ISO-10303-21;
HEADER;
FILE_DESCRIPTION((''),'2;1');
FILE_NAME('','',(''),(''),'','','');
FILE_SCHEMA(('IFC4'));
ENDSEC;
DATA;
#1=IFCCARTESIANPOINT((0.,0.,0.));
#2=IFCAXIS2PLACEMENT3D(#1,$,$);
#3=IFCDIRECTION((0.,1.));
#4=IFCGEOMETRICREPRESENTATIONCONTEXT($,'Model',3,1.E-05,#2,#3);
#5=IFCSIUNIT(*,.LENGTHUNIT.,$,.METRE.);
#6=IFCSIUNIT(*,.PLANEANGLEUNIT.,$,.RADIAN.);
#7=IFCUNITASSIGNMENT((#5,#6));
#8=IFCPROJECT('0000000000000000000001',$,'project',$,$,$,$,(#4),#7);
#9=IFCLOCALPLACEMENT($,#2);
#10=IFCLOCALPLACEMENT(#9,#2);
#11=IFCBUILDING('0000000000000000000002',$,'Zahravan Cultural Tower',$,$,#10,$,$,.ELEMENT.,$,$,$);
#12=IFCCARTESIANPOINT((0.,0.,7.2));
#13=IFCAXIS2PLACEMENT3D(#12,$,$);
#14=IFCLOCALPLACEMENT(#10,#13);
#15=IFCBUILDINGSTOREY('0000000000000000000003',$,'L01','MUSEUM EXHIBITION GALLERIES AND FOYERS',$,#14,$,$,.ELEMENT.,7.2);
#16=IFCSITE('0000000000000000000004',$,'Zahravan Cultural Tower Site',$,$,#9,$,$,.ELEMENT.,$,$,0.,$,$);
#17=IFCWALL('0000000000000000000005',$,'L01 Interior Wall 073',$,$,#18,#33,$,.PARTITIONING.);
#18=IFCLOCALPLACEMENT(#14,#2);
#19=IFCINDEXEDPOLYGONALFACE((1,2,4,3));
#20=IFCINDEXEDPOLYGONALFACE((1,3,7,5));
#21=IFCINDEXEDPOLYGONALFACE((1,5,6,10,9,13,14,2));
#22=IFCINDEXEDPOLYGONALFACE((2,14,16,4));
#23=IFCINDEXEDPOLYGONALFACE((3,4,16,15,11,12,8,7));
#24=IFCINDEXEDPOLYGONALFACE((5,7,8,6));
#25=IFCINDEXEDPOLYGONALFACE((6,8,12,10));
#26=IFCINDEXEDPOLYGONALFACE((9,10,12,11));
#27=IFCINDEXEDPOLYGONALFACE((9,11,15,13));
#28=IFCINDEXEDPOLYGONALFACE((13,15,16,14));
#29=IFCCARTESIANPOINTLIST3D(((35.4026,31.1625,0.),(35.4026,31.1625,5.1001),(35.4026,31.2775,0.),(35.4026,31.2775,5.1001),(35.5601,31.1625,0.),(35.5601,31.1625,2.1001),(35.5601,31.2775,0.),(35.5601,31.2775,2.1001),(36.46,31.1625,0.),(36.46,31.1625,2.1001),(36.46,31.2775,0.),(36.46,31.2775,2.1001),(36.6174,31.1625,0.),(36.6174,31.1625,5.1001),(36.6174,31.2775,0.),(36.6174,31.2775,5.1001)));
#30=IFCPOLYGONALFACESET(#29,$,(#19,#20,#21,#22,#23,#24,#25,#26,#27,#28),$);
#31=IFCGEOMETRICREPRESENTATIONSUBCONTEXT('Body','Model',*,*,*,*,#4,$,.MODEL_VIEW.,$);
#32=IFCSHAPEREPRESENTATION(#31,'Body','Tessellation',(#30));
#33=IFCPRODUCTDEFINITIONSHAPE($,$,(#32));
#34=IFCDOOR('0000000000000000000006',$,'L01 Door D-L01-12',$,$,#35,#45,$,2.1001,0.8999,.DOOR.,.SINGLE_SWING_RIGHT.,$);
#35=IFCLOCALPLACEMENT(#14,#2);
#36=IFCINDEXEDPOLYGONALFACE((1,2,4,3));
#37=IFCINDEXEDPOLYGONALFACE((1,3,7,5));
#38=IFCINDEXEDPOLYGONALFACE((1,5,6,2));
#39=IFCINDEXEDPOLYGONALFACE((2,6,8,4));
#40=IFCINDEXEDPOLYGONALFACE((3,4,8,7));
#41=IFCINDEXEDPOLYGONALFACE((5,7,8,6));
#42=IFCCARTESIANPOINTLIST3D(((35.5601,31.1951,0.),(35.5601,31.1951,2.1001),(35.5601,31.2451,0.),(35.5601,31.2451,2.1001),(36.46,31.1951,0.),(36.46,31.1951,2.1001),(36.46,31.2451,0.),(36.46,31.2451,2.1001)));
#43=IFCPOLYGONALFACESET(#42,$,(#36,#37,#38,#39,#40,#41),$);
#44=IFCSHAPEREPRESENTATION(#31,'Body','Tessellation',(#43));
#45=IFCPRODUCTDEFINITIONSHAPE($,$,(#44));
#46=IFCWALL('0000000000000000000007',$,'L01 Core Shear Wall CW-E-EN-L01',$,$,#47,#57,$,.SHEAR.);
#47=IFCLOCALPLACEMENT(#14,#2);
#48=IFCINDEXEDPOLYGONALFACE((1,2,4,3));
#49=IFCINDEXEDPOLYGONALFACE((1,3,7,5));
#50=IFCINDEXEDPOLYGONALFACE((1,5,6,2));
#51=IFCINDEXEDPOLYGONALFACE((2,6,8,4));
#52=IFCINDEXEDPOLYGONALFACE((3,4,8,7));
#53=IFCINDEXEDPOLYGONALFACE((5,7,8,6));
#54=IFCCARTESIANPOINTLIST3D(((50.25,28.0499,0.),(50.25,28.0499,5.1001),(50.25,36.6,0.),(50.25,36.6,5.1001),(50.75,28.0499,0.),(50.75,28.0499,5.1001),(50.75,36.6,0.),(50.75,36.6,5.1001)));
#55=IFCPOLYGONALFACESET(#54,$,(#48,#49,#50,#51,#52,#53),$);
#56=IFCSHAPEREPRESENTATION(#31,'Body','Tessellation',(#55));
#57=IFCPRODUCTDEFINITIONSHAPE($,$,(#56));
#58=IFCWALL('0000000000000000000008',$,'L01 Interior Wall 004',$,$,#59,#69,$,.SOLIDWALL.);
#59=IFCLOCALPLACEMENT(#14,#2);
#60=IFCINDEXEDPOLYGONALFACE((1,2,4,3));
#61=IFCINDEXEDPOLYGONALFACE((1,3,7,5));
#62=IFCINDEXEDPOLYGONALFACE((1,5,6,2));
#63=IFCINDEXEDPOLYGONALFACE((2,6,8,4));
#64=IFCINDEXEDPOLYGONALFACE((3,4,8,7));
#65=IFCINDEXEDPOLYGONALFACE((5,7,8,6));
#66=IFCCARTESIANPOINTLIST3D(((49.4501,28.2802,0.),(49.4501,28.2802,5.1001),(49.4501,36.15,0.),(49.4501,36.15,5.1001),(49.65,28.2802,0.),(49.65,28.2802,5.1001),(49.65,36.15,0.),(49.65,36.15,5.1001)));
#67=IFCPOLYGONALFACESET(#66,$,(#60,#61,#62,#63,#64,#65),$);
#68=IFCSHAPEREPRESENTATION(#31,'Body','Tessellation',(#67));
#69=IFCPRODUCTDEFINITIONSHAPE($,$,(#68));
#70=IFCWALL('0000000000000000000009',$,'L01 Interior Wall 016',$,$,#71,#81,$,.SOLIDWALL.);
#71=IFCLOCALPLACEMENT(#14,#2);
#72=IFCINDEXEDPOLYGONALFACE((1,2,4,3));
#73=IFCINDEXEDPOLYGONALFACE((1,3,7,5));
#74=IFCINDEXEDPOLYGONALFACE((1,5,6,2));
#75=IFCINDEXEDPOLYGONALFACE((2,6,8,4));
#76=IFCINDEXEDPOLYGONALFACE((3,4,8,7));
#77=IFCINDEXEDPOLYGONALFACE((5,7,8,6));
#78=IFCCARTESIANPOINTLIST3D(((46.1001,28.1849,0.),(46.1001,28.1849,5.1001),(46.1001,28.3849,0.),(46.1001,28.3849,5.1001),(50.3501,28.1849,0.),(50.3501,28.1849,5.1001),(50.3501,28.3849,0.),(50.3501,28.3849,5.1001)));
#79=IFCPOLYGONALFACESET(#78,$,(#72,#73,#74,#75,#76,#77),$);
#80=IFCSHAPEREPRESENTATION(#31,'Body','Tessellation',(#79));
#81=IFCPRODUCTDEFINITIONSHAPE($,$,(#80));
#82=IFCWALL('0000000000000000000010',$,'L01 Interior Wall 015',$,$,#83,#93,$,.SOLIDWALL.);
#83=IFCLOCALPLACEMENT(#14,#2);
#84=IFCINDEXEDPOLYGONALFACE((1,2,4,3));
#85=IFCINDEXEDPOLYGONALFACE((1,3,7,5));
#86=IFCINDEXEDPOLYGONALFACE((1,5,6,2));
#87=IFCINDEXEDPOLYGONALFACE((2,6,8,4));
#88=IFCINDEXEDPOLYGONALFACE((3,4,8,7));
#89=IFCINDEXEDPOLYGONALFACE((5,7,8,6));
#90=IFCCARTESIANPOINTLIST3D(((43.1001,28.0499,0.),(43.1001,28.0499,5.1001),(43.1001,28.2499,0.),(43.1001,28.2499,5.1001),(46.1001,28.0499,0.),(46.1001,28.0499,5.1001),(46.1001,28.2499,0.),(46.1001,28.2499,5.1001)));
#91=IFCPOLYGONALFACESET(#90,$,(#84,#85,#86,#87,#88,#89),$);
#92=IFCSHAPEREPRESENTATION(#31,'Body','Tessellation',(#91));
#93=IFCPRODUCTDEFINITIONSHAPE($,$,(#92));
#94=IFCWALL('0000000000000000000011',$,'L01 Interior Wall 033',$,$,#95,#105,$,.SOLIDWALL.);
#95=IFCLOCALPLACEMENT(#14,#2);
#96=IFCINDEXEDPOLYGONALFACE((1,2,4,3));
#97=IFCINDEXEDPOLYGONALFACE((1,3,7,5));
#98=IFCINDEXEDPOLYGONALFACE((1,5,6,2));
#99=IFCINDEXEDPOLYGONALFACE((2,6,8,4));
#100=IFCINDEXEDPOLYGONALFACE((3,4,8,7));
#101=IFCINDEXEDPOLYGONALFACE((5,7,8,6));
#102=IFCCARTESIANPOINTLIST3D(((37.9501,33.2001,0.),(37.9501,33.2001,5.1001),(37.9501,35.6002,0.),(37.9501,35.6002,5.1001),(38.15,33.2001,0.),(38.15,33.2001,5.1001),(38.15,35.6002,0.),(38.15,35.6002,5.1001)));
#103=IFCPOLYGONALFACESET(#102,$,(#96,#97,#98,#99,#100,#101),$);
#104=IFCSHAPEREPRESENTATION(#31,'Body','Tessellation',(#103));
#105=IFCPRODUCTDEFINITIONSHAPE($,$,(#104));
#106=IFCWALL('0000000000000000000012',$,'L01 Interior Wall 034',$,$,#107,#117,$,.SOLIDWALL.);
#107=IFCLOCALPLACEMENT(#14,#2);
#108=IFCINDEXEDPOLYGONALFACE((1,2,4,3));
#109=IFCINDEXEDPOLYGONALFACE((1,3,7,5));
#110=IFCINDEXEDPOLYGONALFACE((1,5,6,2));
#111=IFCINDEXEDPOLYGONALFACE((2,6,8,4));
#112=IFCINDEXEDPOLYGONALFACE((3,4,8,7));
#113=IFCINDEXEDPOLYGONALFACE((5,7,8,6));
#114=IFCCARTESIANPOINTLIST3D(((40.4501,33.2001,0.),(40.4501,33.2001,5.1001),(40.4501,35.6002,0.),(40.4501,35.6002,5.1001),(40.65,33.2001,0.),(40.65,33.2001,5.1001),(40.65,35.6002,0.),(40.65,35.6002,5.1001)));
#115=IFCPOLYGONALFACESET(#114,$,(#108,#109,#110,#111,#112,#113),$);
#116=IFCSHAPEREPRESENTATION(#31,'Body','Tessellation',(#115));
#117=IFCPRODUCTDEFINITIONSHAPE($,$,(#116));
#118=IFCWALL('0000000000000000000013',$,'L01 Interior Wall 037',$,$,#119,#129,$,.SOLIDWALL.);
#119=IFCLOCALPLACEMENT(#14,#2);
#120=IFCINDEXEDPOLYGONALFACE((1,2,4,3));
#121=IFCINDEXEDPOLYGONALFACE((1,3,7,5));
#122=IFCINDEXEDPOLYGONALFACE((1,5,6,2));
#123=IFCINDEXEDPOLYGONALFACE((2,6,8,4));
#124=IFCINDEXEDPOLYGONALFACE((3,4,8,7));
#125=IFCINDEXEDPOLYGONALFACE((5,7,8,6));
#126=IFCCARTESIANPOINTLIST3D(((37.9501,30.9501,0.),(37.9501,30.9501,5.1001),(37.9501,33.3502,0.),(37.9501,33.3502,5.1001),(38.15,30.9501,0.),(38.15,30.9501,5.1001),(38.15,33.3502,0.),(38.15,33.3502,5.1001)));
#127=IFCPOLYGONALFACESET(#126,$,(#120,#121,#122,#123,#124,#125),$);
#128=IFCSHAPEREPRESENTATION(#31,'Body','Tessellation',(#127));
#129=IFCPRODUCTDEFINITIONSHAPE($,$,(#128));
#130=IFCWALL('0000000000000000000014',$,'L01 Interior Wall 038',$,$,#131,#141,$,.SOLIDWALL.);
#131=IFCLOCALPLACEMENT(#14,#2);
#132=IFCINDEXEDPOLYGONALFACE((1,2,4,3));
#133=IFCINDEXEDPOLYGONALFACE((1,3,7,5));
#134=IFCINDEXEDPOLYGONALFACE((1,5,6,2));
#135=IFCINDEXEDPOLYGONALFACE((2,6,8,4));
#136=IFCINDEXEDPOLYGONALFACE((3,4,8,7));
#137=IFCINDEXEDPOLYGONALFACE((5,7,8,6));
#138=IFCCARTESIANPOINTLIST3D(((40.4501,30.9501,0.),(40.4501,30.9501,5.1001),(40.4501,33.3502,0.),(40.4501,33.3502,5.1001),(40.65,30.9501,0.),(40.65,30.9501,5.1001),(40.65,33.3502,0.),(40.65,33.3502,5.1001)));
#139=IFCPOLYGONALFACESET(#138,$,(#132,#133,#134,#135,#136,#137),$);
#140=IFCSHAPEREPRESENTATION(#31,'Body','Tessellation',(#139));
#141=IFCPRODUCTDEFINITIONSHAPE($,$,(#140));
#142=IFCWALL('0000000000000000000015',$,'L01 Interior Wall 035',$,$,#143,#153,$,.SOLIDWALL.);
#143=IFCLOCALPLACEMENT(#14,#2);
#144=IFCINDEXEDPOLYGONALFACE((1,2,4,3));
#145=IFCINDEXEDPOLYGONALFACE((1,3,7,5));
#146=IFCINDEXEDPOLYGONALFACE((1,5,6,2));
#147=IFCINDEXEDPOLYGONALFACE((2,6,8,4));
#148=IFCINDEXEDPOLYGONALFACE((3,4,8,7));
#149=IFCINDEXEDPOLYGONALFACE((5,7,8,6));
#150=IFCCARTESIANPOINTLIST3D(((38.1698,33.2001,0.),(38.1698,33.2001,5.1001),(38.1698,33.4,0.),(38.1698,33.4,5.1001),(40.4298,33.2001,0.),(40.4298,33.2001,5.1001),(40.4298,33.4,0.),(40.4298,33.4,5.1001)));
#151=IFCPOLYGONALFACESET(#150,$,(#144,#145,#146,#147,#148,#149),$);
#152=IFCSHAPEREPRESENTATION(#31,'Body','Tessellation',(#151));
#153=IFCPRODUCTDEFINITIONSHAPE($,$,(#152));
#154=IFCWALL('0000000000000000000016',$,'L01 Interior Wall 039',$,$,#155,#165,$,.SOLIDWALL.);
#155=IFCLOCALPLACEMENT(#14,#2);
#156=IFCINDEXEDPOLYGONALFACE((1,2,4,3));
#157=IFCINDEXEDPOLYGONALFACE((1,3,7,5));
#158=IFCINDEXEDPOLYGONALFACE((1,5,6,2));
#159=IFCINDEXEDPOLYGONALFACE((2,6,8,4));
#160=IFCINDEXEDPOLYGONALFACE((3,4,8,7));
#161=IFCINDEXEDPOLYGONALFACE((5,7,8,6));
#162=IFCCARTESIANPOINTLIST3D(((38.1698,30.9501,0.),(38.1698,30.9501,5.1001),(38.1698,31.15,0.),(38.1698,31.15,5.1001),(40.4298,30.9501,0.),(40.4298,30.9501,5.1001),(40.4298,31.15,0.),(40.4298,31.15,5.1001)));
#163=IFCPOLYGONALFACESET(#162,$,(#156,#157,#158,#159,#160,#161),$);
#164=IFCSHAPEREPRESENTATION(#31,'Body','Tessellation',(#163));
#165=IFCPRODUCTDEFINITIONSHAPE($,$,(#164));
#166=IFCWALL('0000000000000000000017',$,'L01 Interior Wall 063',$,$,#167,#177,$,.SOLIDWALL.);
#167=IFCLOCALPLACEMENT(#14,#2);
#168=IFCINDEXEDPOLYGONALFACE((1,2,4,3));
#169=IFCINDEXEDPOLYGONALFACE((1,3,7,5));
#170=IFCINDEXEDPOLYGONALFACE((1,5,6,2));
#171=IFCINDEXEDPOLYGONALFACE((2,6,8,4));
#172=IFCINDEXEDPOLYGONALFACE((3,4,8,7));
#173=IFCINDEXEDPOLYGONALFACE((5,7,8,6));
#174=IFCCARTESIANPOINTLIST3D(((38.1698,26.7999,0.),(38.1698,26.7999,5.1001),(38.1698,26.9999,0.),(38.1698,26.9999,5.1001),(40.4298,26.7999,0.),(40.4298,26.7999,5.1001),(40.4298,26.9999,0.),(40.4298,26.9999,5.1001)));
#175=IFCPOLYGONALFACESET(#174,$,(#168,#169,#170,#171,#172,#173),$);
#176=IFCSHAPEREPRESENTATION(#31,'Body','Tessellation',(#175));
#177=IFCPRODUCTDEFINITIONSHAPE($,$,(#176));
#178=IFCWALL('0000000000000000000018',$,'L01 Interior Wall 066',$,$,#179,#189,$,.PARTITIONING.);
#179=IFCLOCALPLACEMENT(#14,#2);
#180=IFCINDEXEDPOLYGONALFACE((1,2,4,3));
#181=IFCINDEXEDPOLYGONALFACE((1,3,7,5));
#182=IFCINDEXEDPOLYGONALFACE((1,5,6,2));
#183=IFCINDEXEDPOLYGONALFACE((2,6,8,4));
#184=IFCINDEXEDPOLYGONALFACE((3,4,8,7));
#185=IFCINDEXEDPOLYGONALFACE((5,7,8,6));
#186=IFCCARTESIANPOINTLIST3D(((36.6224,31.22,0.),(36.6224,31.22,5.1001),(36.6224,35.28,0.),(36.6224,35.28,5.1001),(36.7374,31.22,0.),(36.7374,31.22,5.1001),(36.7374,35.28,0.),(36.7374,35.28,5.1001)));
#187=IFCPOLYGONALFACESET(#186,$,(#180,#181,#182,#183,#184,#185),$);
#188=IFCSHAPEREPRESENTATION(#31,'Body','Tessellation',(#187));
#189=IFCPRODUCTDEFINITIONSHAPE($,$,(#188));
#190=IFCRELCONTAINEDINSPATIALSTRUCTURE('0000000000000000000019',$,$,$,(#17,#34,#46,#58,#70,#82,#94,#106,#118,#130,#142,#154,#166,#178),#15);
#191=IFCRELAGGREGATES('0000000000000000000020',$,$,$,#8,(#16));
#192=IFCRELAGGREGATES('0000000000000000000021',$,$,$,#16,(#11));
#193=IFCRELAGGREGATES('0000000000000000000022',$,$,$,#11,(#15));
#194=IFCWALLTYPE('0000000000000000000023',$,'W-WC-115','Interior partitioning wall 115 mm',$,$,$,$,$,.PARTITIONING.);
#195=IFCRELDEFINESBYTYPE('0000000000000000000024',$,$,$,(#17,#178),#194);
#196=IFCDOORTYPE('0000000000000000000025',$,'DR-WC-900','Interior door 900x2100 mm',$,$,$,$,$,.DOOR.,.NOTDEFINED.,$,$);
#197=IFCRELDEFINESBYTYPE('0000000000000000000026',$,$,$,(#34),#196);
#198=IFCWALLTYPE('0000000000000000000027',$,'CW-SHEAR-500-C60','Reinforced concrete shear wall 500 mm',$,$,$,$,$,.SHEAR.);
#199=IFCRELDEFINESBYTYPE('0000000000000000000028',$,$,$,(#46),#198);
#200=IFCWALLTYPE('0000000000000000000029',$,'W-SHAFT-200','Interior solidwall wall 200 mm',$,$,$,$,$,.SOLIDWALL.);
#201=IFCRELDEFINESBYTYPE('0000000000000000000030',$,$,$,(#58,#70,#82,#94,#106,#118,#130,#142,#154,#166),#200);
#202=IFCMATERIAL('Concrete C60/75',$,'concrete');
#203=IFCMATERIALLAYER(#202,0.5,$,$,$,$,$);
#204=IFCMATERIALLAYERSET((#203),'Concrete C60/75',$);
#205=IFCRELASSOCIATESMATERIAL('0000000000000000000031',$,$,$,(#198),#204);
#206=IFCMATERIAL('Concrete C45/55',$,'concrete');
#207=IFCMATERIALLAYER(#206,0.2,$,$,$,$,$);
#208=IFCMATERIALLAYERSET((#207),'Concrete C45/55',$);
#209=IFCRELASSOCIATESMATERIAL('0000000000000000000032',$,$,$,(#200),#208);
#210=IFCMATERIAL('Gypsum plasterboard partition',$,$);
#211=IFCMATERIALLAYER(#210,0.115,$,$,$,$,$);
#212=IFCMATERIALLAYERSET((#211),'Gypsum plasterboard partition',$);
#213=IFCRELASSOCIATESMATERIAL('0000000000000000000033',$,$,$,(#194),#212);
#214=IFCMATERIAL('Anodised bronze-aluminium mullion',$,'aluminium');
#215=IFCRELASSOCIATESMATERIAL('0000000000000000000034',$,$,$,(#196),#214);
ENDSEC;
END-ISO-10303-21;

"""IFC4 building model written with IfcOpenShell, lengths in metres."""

from ifc_helpers import new_model, si_unit, direction, frame, frame_2d, origin, place, context, subcontext, project, spatial, rectangle, extrude, source, transform, mapped, material, layer, layer_set, type_object, element, fill, save


model = new_model("IFC4")

# Units and contexts
model_context = context("Model", 3, precision=1e-05, world=origin(), true_north=direction((0.0, 1.0)))
body_context = subcontext(model_context, "Body", "Model", "MODEL_VIEW")
ifc_project = project(units=[si_unit("LENGTHUNIT", "METRE"), si_unit("PLANEANGLEUNIT", "RADIAN")], contexts=[model_context])

# Site, building, storey
site_placement = place(None, origin())
site = spatial("IfcSite", under=ifc_project, at=site_placement, Name="Zahravan Cultural Tower Site", CompositionType="ELEMENT", RefElevation=0.0)
building_placement = place(site_placement, origin())
building = spatial("IfcBuilding", under=site, at=building_placement, Name="Zahravan Cultural Tower", CompositionType="ELEMENT")
storey_placement = place(building_placement, frame((0.0, 0.0, 7.2)))
storey = spatial("IfcBuildingStorey", under=building, at=storey_placement, Name="L01", Description="MUSEUM EXHIBITION GALLERIES AND FOYERS", CompositionType="ELEMENT", Elevation=7.2)

# Wall, opening, door
ifc_material_1 = material(Name="Concrete C60/75", Category="concrete")
ifc_layer_1 = layer(ifc_material_1, 0.5)
ifc_layer_set_1 = layer_set([ifc_layer_1], Name="Concrete C60/75")
wall_type_1 = type_object("IfcWallType", Name="CW-SHEAR-500-C60", Description="Reinforced concrete shear wall 500 mm", PredefinedType="SHEAR", material=ifc_layer_set_1)
ifc_material_2 = material(Name="Gypsum plasterboard partition")
ifc_material_3 = material(Name="Anodised bronze-aluminium mullion", Category="aluminium")
ifc_material_4 = material(Name="Concrete C45/55", Category="concrete")
ifc_layer_2 = layer(ifc_material_4, 0.2)
ifc_layer_set_2 = layer_set([ifc_layer_2], Name="Concrete C45/55")
wall_type_2 = type_object("IfcWallType", Name="W-SHAFT-200", Description="Interior solidwall wall 200 mm", PredefinedType="SOLIDWALL", material=ifc_layer_set_2)
ifc_layer_3 = layer(ifc_material_2, 0.115)
ifc_layer_set_3 = layer_set([ifc_layer_3], Name="Gypsum plasterboard partition")
wall_type_3 = type_object("IfcWallType", Name="W-WC-115", Description="Interior partitioning wall 115 mm", PredefinedType="PARTITIONING", material=ifc_layer_set_3)
door_type_1 = type_object("IfcDoorType", Name="DR-WC-900", Description="Interior door 900x2100 mm", OperationType="NOTDEFINED", PredefinedType="DOOR", material=ifc_material_3)
shared_shape_1 = source(origin(), body_context, "Body", "SweptSolid", [
    extrude(rectangle(XDim=0.8999, YDim=2.1001, at=frame_2d((0.45, 1.05))), frame((0.0, 0.0249, 0.0), z_axis=(0.0, -1.0, 0.0), x_axis=(1.0, 0.0, 0.0)), (0.0, 0.0, 1.0), 0.05),
])
wall_1_placement = place(storey_placement, frame((36.6174, 31.22, 0.0), z_axis=(0.0, 0.0, 1.0), x_axis=(-1.0, 0.0, 0.0)))
wall_1 = element("IfcWall", 1, at=wall_1_placement, inside=storey, type_object=wall_type_3, Name="L01 Interior Wall 073", PredefinedType="PARTITIONING", context=body_context, shape_type="SweptSolid", body=[
    extrude(rectangle(XDim=1.2148, YDim=0.115, at=frame_2d((0.6074, 0.0))), origin(), (0.0, 0.0, 1.0), 5.1001),
])
opening_1_placement = place(wall_1_placement, frame((0.1575, 0.0, 0.0)))
opening_1 = element("IfcOpeningElement", 2, at=opening_1_placement, cuts=wall_1, PredefinedType="OPENING", context=body_context, shape_type="SweptSolid", body=[
    extrude(rectangle(XDim=0.8999, YDim=2.1001, at=frame_2d((0.45, 1.05))), frame((0.0, 0.0674, 0.0), z_axis=(0.0, -1.0, 0.0), x_axis=(1.0, 0.0, 0.0)), (0.0, 0.0, 1.0), 0.135),
])
door_1_placement = place(opening_1_placement, origin())
door_1 = element("IfcDoor", 3, at=door_1_placement, inside=storey, type_object=door_type_1, Name="L01 Door D-L01-12", OperationType="SINGLE_SWING_RIGHT", OverallHeight=2.1001, OverallWidth=0.8999, PredefinedType="DOOR", context=body_context, shape_type="MappedRepresentation", body=[
    mapped(shared_shape_1, transform((0.0, 0.0, 0.0), x_axis=(1.0, 0.0, 0.0), y_axis=(0.0, 1.0, 0.0), z_axis=(0.0, 0.0, 1.0), scale=1.0)),
])
fill(opening_1, door_1)

# Walls
shared_shape_2 = source(origin(), body_context, "Body", "SweptSolid", [
    extrude(rectangle(XDim=8.55, YDim=0.5, at=frame_2d((4.2749, 0.0))), origin(), (0.0, 0.0, 1.0), 5.1001),
])
wall_2_placement = place(storey_placement, frame((50.5, 28.05, 0.0), z_axis=(0.0, 0.0, 1.0), x_axis=(0.0, 1.0, 0.0)))
element("IfcWall", 4, at=wall_2_placement, inside=storey, type_object=wall_type_1, Name="L01 Core Shear Wall CW-E-EN-L01", PredefinedType="SHEAR", context=body_context, shape_type="MappedRepresentation", body=[
    mapped(shared_shape_2, transform((0.0, 0.0, 0.0), x_axis=(1.0, 0.0, 0.0), y_axis=(0.0, 1.0, 0.0), z_axis=(0.0, 0.0, 1.0), scale=1.0)),
])
shared_shape_3 = source(origin(), body_context, "Body", "SweptSolid", [
    extrude(rectangle(XDim=7.8699, YDim=0.2, at=frame_2d((3.9351, 0.0))), origin(), (0.0, 0.0, 1.0), 5.1001),
])
wall_3_placement = place(storey_placement, frame((49.55, 28.28, 0.0), z_axis=(0.0, 0.0, 1.0), x_axis=(0.0, 1.0, 0.0)))
element("IfcWall", 5, at=wall_3_placement, inside=storey, type_object=wall_type_2, Name="L01 Interior Wall 004", PredefinedType="SOLIDWALL", context=body_context, shape_type="MappedRepresentation", body=[
    mapped(shared_shape_3, transform((0.0, 0.0, 0.0), x_axis=(1.0, 0.0, 0.0), y_axis=(0.0, 1.0, 0.0), z_axis=(0.0, 0.0, 1.0), scale=1.0)),
])
shared_shape_4 = source(origin(), body_context, "Body", "SweptSolid", [
    extrude(rectangle(XDim=4.25, YDim=0.2, at=frame_2d((2.125, 0.0))), origin(), (0.0, 0.0, 1.0), 5.1001),
])
wall_4_placement = place(storey_placement, frame((46.1001, 28.2849, 0.0), z_axis=(0.0, 0.0, 1.0), x_axis=(1.0, 0.0, 0.0)))
element("IfcWall", 6, at=wall_4_placement, inside=storey, type_object=wall_type_2, Name="L01 Interior Wall 016", PredefinedType="SOLIDWALL", context=body_context, shape_type="MappedRepresentation", body=[
    mapped(shared_shape_4, transform((0.0, 0.0, 0.0), x_axis=(1.0, 0.0, 0.0), y_axis=(0.0, 1.0, 0.0), z_axis=(0.0, 0.0, 1.0), scale=1.0)),
])
shared_shape_5 = source(origin(), body_context, "Body", "SweptSolid", [
    extrude(rectangle(XDim=3.0, YDim=0.2, at=frame_2d((1.5, 0.0))), origin(), (0.0, 0.0, 1.0), 5.1001),
])
wall_5_placement = place(storey_placement, frame((43.1001, 28.1499, 0.0), z_axis=(0.0, 0.0, 1.0), x_axis=(1.0, 0.0, 0.0)))
element("IfcWall", 7, at=wall_5_placement, inside=storey, type_object=wall_type_2, Name="L01 Interior Wall 015", PredefinedType="SOLIDWALL", context=body_context, shape_type="MappedRepresentation", body=[
    mapped(shared_shape_5, transform((0.0, 0.0, 0.0), x_axis=(1.0, 0.0, 0.0), y_axis=(0.0, 1.0, 0.0), z_axis=(0.0, 0.0, 1.0), scale=1.0)),
])
shared_shape_6 = source(origin(), body_context, "Body", "SweptSolid", [
    extrude(rectangle(XDim=2.4001, YDim=0.2, at=frame_2d((1.2002, 0.0))), origin(), (0.0, 0.0, 1.0), 5.1001),
])
for number, where, z_axis, x_axis, name in (
    (8, (38.05, 33.2, 0.0), (0.0, 0.0, 1.0), (0.0, 1.0, 0.0), "L01 Interior Wall 033"),
    (9, (40.55, 33.2, 0.0), (0.0, 0.0, 1.0), (0.0, 1.0, 0.0), "L01 Interior Wall 034"),
    (10, (38.05, 30.95, 0.0), (0.0, 0.0, 1.0), (0.0, 1.0, 0.0), "L01 Interior Wall 037"),
    (11, (40.55, 30.95, 0.0), (0.0, 0.0, 1.0), (0.0, 1.0, 0.0), "L01 Interior Wall 038"),
):
    element("IfcWall", number, at=place(storey_placement, frame(where, z_axis=z_axis, x_axis=x_axis)), inside=storey, type_object=wall_type_2, Name=name, PredefinedType="SOLIDWALL", context=body_context, shape_type="MappedRepresentation", body=[
        mapped(shared_shape_6, transform((0.0, 0.0, 0.0), x_axis=(1.0, 0.0, 0.0), y_axis=(0.0, 1.0, 0.0), z_axis=(0.0, 0.0, 1.0), scale=1.0)),
    ])
shared_shape_7 = source(origin(), body_context, "Body", "SweptSolid", [
    extrude(rectangle(XDim=2.26, YDim=0.2, at=frame_2d((1.1299, 0.0))), origin(), (0.0, 0.0, 1.0), 5.1001),
])
for number, where, z_axis, x_axis, name in (
    (12, (38.1699, 33.3, 0.0), (0.0, 0.0, 1.0), (1.0, 0.0, 0.0), "L01 Interior Wall 035"),
    (13, (38.1699, 31.05, 0.0), (0.0, 0.0, 1.0), (1.0, 0.0, 0.0), "L01 Interior Wall 039"),
    (14, (38.1699, 26.8999, 0.0), (0.0, 0.0, 1.0), (1.0, 0.0, 0.0), "L01 Interior Wall 063"),
):
    element("IfcWall", number, at=place(storey_placement, frame(where, z_axis=z_axis, x_axis=x_axis)), inside=storey, type_object=wall_type_2, Name=name, PredefinedType="SOLIDWALL", context=body_context, shape_type="MappedRepresentation", body=[
        mapped(shared_shape_7, transform((0.0, 0.0, 0.0), x_axis=(1.0, 0.0, 0.0), y_axis=(0.0, 1.0, 0.0), z_axis=(0.0, 0.0, 1.0), scale=1.0)),
    ])
shared_shape_8 = source(origin(), body_context, "Body", "SweptSolid", [
    extrude(rectangle(XDim=4.0601, YDim=0.115, at=frame_2d((2.03, 0.0))), origin(), (0.0, 0.0, 1.0), 5.1001),
])
wall_6_placement = place(storey_placement, frame((36.6799, 31.22, 0.0), z_axis=(0.0, 0.0, 1.0), x_axis=(0.0, 1.0, 0.0)))
element("IfcWall", 15, at=wall_6_placement, inside=storey, type_object=wall_type_3, Name="L01 Interior Wall 066", PredefinedType="PARTITIONING", context=body_context, shape_type="MappedRepresentation", body=[
    mapped(shared_shape_8, transform((0.0, 0.0, 0.0), x_axis=(1.0, 0.0, 0.0), y_axis=(0.0, 1.0, 0.0), z_axis=(0.0, 0.0, 1.0), scale=1.0)),
])

save(model, "model.ifc")
